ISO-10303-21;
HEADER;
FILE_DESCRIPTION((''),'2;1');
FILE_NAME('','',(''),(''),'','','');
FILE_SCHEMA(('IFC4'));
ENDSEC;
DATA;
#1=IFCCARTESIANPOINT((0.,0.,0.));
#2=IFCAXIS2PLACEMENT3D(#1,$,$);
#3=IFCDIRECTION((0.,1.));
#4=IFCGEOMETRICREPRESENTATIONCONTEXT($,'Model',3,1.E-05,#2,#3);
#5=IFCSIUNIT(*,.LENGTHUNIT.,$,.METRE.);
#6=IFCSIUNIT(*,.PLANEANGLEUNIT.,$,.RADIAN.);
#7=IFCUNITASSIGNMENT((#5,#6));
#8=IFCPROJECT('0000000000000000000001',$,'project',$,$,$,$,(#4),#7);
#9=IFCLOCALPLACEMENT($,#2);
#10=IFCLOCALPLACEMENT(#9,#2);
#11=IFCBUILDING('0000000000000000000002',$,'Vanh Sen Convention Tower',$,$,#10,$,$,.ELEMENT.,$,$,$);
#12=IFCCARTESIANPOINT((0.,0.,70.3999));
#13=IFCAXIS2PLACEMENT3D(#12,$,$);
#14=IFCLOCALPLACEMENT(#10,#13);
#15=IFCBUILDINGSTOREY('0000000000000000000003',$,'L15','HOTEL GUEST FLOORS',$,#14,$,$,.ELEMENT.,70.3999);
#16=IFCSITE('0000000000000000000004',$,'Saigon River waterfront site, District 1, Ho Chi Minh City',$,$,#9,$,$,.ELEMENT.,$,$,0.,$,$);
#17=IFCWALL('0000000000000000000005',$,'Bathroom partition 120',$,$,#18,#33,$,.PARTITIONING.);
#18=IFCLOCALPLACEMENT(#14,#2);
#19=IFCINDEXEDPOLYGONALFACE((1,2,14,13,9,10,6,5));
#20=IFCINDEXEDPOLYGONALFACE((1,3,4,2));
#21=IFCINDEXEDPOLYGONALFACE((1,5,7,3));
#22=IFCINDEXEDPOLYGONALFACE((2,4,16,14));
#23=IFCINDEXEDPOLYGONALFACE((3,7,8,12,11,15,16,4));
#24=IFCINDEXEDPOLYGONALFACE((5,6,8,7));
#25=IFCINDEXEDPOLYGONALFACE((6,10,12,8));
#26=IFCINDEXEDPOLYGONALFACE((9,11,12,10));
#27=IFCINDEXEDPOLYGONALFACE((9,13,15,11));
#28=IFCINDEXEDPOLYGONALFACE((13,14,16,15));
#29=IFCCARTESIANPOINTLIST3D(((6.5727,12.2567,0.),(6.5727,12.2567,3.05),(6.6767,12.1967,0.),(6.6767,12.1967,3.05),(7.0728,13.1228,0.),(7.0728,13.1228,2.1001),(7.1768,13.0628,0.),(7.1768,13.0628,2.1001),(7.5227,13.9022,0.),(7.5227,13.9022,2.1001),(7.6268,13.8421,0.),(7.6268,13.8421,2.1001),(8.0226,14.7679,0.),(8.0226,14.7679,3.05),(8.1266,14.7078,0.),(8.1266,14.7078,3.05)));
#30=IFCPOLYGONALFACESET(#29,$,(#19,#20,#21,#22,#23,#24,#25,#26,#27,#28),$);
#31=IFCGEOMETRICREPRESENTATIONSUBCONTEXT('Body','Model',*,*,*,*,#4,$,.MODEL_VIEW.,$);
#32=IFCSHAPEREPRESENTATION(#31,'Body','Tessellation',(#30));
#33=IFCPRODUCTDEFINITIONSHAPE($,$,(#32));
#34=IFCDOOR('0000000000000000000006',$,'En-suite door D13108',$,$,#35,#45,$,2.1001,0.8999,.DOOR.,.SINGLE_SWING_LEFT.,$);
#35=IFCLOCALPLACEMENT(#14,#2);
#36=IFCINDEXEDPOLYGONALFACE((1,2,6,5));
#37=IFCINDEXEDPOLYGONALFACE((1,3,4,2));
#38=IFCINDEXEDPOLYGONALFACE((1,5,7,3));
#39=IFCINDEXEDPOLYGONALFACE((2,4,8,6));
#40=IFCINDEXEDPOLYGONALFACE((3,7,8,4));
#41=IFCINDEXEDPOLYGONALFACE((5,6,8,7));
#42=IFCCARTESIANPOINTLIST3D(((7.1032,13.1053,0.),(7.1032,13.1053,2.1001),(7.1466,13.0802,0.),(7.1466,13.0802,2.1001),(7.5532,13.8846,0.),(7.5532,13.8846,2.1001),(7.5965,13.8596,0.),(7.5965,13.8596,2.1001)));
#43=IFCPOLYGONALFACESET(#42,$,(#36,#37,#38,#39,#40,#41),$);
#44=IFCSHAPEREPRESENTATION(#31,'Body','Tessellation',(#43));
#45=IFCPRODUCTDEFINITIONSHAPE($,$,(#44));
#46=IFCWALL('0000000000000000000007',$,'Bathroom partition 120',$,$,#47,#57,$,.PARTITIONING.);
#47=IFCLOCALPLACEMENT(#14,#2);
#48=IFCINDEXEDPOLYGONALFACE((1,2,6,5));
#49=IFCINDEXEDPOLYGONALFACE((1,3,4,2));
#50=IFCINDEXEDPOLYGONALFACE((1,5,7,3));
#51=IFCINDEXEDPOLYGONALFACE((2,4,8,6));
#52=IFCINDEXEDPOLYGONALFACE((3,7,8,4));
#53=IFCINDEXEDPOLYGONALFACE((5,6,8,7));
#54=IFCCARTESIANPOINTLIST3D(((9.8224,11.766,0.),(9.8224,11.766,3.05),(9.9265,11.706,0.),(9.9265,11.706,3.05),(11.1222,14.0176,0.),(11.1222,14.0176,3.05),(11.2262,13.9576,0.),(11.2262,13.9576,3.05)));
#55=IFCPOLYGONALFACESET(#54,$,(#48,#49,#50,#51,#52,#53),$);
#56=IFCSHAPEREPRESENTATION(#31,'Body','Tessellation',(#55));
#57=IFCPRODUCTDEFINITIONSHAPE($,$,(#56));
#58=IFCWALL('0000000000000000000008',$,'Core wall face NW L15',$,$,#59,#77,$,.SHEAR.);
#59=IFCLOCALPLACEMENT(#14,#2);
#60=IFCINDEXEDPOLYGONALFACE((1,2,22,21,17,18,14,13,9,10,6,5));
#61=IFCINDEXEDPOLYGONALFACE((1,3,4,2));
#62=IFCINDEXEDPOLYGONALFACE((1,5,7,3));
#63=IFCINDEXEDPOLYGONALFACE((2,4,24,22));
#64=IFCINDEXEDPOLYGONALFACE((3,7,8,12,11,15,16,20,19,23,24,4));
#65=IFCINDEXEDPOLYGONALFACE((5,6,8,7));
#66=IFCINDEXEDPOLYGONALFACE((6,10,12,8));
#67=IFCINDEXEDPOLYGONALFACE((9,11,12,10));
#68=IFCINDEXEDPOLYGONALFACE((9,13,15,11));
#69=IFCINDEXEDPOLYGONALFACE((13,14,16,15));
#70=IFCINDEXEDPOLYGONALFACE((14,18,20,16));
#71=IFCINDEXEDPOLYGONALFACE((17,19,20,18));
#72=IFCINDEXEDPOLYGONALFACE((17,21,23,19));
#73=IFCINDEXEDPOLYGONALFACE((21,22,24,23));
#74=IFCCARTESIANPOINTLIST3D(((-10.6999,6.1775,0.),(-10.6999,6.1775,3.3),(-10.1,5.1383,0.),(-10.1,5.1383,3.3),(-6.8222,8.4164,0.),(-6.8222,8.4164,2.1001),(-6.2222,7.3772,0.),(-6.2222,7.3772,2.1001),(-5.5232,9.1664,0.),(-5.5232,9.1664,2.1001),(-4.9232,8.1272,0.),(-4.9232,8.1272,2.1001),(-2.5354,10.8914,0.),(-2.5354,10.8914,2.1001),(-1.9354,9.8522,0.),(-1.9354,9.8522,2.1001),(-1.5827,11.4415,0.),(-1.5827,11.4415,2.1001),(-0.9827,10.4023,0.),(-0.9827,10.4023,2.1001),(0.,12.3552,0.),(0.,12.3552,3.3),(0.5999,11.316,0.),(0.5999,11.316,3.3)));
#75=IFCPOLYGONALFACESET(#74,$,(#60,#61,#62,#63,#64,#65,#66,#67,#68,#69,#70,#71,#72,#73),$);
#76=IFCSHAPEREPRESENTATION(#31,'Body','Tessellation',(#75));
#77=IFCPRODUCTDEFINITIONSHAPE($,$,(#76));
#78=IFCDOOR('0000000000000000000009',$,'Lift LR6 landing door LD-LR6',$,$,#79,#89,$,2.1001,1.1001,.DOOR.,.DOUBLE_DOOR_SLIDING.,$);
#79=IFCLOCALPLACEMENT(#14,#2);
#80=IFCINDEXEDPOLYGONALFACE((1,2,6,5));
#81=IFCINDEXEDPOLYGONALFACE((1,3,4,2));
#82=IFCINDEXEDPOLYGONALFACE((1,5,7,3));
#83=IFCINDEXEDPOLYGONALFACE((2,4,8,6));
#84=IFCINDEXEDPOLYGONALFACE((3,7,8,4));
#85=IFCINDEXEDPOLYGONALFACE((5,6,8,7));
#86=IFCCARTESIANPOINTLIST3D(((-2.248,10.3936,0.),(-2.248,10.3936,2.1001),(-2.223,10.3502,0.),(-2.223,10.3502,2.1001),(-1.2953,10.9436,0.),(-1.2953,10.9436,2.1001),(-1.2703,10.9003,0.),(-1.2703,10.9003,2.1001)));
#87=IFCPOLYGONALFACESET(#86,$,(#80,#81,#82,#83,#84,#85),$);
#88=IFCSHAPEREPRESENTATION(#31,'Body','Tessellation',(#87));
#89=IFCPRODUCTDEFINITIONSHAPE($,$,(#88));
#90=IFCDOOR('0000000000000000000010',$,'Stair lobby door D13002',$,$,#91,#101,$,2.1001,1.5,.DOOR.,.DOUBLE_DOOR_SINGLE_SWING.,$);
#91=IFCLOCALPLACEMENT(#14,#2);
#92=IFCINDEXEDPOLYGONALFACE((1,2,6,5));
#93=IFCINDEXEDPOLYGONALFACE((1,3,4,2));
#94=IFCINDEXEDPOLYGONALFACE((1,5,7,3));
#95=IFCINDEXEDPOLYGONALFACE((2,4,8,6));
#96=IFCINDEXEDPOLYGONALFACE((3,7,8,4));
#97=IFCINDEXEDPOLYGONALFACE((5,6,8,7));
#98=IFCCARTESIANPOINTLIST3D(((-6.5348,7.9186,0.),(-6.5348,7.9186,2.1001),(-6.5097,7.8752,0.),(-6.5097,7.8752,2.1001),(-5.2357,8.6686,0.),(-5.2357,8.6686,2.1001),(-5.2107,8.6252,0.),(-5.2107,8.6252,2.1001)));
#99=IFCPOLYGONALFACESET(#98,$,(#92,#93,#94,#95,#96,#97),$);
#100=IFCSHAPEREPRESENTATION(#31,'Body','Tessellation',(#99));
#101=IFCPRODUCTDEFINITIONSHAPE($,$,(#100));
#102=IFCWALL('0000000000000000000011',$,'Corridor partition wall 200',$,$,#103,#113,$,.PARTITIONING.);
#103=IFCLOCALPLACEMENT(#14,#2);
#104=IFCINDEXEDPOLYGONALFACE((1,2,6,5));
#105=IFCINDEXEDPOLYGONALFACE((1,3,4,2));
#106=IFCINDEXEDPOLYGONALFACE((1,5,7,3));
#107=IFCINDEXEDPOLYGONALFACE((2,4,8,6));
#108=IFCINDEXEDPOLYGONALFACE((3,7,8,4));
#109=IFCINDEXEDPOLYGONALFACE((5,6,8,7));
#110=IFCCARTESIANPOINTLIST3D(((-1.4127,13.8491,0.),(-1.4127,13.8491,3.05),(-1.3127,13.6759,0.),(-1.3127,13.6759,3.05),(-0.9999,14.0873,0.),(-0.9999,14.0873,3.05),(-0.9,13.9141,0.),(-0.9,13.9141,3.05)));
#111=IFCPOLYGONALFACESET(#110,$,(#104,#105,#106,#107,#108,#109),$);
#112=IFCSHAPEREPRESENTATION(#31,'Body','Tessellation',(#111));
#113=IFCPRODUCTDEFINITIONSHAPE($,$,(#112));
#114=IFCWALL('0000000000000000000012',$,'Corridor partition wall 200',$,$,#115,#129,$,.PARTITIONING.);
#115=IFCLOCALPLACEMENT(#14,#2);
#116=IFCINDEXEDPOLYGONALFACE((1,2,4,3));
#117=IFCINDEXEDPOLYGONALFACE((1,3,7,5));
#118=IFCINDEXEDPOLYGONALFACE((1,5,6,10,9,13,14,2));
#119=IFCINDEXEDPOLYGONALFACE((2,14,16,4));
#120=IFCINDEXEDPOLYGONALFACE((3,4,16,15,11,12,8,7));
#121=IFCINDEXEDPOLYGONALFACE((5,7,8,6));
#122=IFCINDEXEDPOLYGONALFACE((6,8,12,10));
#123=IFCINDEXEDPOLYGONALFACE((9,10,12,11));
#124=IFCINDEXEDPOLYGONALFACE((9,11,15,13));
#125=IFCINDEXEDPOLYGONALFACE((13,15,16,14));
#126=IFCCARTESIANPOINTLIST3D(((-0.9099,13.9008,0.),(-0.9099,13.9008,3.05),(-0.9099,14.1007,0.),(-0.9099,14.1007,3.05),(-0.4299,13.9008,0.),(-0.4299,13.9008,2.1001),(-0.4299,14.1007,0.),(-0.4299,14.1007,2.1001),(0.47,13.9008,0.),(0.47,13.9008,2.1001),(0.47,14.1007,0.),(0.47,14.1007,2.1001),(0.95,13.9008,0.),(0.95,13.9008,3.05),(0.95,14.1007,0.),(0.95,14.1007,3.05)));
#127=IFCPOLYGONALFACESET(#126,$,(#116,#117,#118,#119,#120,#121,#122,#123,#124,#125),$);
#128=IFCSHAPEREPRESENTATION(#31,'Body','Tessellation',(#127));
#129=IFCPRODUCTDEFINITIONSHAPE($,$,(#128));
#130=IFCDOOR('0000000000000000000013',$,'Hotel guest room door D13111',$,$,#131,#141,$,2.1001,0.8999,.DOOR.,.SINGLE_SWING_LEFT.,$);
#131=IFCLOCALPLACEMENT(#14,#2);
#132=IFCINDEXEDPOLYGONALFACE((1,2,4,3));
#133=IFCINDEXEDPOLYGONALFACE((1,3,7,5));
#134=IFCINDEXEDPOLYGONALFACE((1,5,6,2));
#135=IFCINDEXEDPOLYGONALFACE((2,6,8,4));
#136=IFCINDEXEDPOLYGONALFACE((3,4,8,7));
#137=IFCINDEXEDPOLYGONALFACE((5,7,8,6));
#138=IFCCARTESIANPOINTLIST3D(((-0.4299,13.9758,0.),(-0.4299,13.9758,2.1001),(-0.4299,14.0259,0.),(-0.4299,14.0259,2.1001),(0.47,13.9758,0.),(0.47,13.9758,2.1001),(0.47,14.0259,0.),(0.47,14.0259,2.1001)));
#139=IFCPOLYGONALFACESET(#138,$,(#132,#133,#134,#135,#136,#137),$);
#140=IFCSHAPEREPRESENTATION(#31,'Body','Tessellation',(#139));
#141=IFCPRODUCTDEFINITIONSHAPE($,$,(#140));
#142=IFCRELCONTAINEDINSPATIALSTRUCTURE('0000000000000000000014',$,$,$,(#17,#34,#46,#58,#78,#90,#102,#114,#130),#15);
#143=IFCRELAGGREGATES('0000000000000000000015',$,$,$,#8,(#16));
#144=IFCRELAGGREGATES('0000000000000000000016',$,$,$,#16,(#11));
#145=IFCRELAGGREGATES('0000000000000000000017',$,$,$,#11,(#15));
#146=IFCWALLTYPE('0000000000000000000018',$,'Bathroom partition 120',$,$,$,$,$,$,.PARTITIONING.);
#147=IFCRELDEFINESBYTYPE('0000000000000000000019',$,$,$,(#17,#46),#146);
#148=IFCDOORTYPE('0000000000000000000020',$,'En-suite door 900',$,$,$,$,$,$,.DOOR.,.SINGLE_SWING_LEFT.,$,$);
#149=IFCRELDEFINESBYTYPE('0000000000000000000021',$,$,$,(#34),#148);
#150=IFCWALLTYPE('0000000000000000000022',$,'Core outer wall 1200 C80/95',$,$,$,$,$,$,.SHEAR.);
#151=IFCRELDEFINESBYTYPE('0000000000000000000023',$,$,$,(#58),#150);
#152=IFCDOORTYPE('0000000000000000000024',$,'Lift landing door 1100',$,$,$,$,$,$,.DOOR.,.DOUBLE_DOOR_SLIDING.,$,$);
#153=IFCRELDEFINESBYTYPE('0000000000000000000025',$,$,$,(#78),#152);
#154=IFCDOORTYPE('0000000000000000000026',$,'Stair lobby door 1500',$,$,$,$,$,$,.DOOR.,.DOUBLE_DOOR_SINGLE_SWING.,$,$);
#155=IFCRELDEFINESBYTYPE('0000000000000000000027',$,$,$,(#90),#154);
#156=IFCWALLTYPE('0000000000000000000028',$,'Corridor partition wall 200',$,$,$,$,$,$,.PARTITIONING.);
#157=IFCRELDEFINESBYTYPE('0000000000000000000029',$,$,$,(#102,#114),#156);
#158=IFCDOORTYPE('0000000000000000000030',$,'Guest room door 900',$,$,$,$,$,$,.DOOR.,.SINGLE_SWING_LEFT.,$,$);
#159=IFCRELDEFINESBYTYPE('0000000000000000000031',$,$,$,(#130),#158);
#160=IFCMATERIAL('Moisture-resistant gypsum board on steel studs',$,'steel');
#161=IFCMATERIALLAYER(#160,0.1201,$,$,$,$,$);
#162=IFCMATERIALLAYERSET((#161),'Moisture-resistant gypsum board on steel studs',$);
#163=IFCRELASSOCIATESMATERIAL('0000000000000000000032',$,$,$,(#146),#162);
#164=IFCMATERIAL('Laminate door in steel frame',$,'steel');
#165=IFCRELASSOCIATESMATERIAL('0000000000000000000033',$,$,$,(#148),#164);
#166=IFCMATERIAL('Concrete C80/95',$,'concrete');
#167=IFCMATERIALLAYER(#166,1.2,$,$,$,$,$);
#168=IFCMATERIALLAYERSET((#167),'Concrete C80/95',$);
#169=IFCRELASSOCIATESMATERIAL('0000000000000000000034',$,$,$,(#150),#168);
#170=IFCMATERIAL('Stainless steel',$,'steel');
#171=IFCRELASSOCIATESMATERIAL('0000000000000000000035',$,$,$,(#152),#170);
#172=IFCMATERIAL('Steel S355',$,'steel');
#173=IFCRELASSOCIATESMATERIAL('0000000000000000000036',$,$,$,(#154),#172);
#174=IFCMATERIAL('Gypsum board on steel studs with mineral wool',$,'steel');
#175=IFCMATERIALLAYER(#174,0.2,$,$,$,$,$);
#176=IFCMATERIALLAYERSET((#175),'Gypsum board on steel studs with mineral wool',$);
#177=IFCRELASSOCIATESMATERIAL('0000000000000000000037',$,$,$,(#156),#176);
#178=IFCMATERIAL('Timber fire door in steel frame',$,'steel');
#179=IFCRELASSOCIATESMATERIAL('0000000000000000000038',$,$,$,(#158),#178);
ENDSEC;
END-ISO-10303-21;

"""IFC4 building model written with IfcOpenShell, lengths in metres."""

from ifc_helpers import new_model, si_unit, direction, frame, frame_2d, origin, place, context, subcontext, project, spatial, rectangle, extrude, material, layer, layer_set, type_object, element, fill, save


model = new_model("IFC4")

# Units and contexts
model_context = context("Model", 3, precision=1e-05, world=origin(), true_north=direction((0.0, 1.0)))
body_context = subcontext(model_context, "Body", "Model", "MODEL_VIEW")
ifc_project = project(units=[si_unit("LENGTHUNIT", "METRE"), si_unit("PLANEANGLEUNIT", "RADIAN")], contexts=[model_context])

# Site, building, storey
site_placement = place(None, origin())
site = spatial("IfcSite", under=ifc_project, at=site_placement, Name="Saigon River waterfront site, District 1, Ho Chi Minh City", CompositionType="ELEMENT", RefElevation=0.0)
building_placement = place(site_placement, origin())
building = spatial("IfcBuilding", under=site, at=building_placement, Name="Vanh Sen Convention Tower", CompositionType="ELEMENT")
storey_placement = place(building_placement, frame((0.0, 0.0, 70.3999)))
storey = spatial("IfcBuildingStorey", under=building, at=storey_placement, Name="L15", Description="HOTEL GUEST FLOORS", CompositionType="ELEMENT", Elevation=70.3999)

# Wall, opening, door
ifc_material_1 = material(Name="Moisture-resistant gypsum board on steel studs", Category="steel")
ifc_layer_1 = layer(ifc_material_1, 0.1201)
ifc_layer_set_1 = layer_set([ifc_layer_1], Name="Moisture-resistant gypsum board on steel studs")
wall_type_1 = type_object("IfcWallType", Name="Bathroom partition 120", PredefinedType="PARTITIONING", material=ifc_layer_set_1)
wall_1_placement = place(storey_placement, frame((6.6248, 12.2268, 0.0), z_axis=(0.0, 0.0, 1.0), x_axis=(0.500024, 0.866012, 0.0)))
wall_1 = element("IfcWall", 1, at=wall_1_placement, inside=storey, type_object=wall_type_1, Name="Bathroom partition 120", PredefinedType="PARTITIONING", context=body_context, shape_type="SweptSolid", body=[
    extrude(rectangle(XDim=2.8997, YDim=0.1201, at=frame_2d((1.4497, 0.0))), origin(), (0.0, 0.0, 1.0), 3.05),
])
opening_1_placement = place(wall_1_placement, frame((1.0, 0.0, 0.0)))
opening_1 = element("IfcOpeningElement", 2, at=opening_1_placement, cuts=wall_1, PredefinedType="OPENING", context=body_context, shape_type="SweptSolid", body=[
    extrude(rectangle(XDim=0.8999, YDim=2.1001, at=frame_2d((0.45, 1.05))), frame((0.0, 0.0701, 0.0), z_axis=(0.0, -1.0, 0.0), x_axis=(1.0, 0.0, 0.0)), (0.0, 0.0, 1.0), 0.1401),
])
ifc_material_2 = material(Name="Laminate door in steel frame", Category="steel")
door_type_1 = type_object("IfcDoorType", Name="En-suite door 900", OperationType="SINGLE_SWING_LEFT", PredefinedType="DOOR", material=ifc_material_2)
door_1_placement = place(opening_1_placement, origin())
door_1 = element("IfcDoor", 3, at=door_1_placement, inside=storey, type_object=door_type_1, Name="En-suite door D13108", OperationType="SINGLE_SWING_LEFT", OverallHeight=2.1001, OverallWidth=0.8999, PredefinedType="DOOR", context=body_context, shape_type="SweptSolid", body=[
    extrude(rectangle(XDim=0.8999, YDim=2.1001, at=frame_2d((0.45, 1.05))), frame((0.0, 0.0249, 0.0), z_axis=(0.0, -1.0, 0.0), x_axis=(1.0, 0.0, 0.0)), (0.0, 0.0, 1.0), 0.05),
])
fill(opening_1, door_1)

# Wall
wall_2_placement = place(storey_placement, frame((9.8745, 11.7361, 0.0), z_axis=(0.0, 0.0, 1.0), x_axis=(0.499937, 0.866062, 0.0)))
element("IfcWall", 4, at=wall_2_placement, inside=storey, type_object=wall_type_1, Name="Bathroom partition 120", PredefinedType="PARTITIONING", context=body_context, shape_type="SweptSolid", body=[
    extrude(rectangle(XDim=2.5999, YDim=0.1201, at=frame_2d((1.2998, 0.0))), origin(), (0.0, 0.0, 1.0), 3.05),
])

# Wall, openings, doors
ifc_material_3 = material(Name="Concrete C80/95", Category="concrete")
ifc_layer_2 = layer(ifc_material_3, 1.2)
ifc_layer_set_2 = layer_set([ifc_layer_2], Name="Concrete C80/95")
wall_type_2 = type_object("IfcWallType", Name="Core outer wall 1200 C80/95", PredefinedType="SHEAR", material=ifc_layer_set_2)
wall_3_placement = place(storey_placement, frame((0.3, 11.8357, 0.0), z_axis=(0.0, 0.0, 1.0), x_axis=(-0.866021, -0.500007, 0.0)))
wall_3 = element("IfcWall", 5, at=wall_3_placement, inside=storey, type_object=wall_type_2, Name="Core wall face NW L15", PredefinedType="SHEAR", context=body_context, shape_type="SweptSolid", body=[
    extrude(rectangle(XDim=12.3552, YDim=1.2, at=frame_2d((6.1777, 0.0))), origin(), (0.0, 0.0, 1.0), 3.3),
])
opening_2_placement = place(wall_3_placement, frame((6.3777, 0.0, 0.0)))
opening_2 = element("IfcOpeningElement", 6, at=opening_2_placement, cuts=wall_3, PredefinedType="OPENING", context=body_context, shape_type="SweptSolid", body=[
    extrude(rectangle(XDim=1.5, YDim=2.1001, at=frame_2d((0.75, 1.05))), frame((0.0, 0.6099, 0.0), z_axis=(0.0, -1.0, 0.0), x_axis=(1.0, 0.0, 0.0)), (0.0, 0.0, 1.0), 1.22),
])
opening_3_placement = place(wall_3_placement, frame((1.8276, 0.0, 0.0)))
opening_3 = element("IfcOpeningElement", 7, at=opening_3_placement, cuts=wall_3, PredefinedType="OPENING", context=body_context, shape_type="SweptSolid", body=[
    extrude(rectangle(XDim=1.1001, YDim=2.1001, at=frame_2d((0.55, 1.05))), frame((0.0, 0.6099, 0.0), z_axis=(0.0, -1.0, 0.0), x_axis=(1.0, 0.0, 0.0)), (0.0, 0.0, 1.0), 1.22),
])
ifc_material_4 = material(Name="Stainless steel", Category="steel")
door_type_2 = type_object("IfcDoorType", Name="Lift landing door 1100", OperationType="DOUBLE_DOOR_SLIDING", PredefinedType="DOOR", material=ifc_material_4)
door_2_placement = place(opening_3_placement, origin())
door_2 = element("IfcDoor", 8, at=door_2_placement, inside=storey, type_object=door_type_2, Name="Lift LR6 landing door LD-LR6", OperationType="DOUBLE_DOOR_SLIDING", OverallHeight=2.1001, OverallWidth=1.1001, PredefinedType="DOOR", context=body_context, shape_type="SweptSolid", body=[
    extrude(rectangle(XDim=1.1001, YDim=2.1001, at=frame_2d((0.55, 1.05))), frame((0.0, 0.0249, 0.0), z_axis=(0.0, -1.0, 0.0), x_axis=(1.0, 0.0, 0.0)), (0.0, 0.0, 1.0), 0.05),
])
fill(opening_3, door_2)
ifc_material_5 = material(Name="Steel S355", Category="steel")
door_type_3 = type_object("IfcDoorType", Name="Stair lobby door 1500", OperationType="DOUBLE_DOOR_SINGLE_SWING", PredefinedType="DOOR", material=ifc_material_5)
door_3_placement = place(opening_2_placement, origin())
door_3 = element("IfcDoor", 9, at=door_3_placement, inside=storey, type_object=door_type_3, Name="Stair lobby door D13002", OperationType="DOUBLE_DOOR_SINGLE_SWING", OverallHeight=2.1001, OverallWidth=1.5, PredefinedType="DOOR", context=body_context, shape_type="SweptSolid", body=[
    extrude(rectangle(XDim=1.5, YDim=2.1001, at=frame_2d((0.75, 1.05))), frame((0.0, 0.0249, 0.0), z_axis=(0.0, -1.0, 0.0), x_axis=(1.0, 0.0, 0.0)), (0.0, 0.0, 1.0), 0.05),
])
fill(opening_2, door_3)

# Wall
ifc_material_6 = material(Name="Gypsum board on steel studs with mineral wool", Category="steel")
ifc_layer_3 = layer(ifc_material_6, 0.2)
ifc_layer_set_3 = layer_set([ifc_layer_3], Name="Gypsum board on steel studs with mineral wool")
wall_type_3 = type_object("IfcWallType", Name="Corridor partition wall 200", PredefinedType="PARTITIONING", material=ifc_layer_set_3)
wall_4_placement = place(storey_placement, frame((-0.95, 14.0007, 0.0), z_axis=(0.0, 0.0, 1.0), x_axis=(-0.866092, -0.499885, 0.0)))
element("IfcWall", 10, at=wall_4_placement, inside=storey, type_object=wall_type_3, Name="Corridor partition wall 200", PredefinedType="PARTITIONING", context=body_context, shape_type="SweptSolid", body=[
    extrude(rectangle(XDim=0.4766, YDim=0.2, at=frame_2d((0.2383, 0.0))), origin(), (0.0, 0.0, 1.0), 3.05),
])

# Wall, opening, door
wall_5_placement = place(storey_placement, frame((0.95, 14.0007, 0.0), z_axis=(0.0, 0.0, 1.0), x_axis=(-1.0, 0.0, 0.0)))
wall_5 = element("IfcWall", 11, at=wall_5_placement, inside=storey, type_object=wall_type_3, Name="Corridor partition wall 200", PredefinedType="PARTITIONING", context=body_context, shape_type="SweptSolid", body=[
    extrude(rectangle(XDim=1.8599, YDim=0.2, at=frame_2d((0.9299, 0.0))), origin(), (0.0, 0.0, 1.0), 3.05),
])
opening_4_placement = place(wall_5_placement, frame((0.48, 0.0, 0.0)))
opening_4 = element("IfcOpeningElement", 12, at=opening_4_placement, cuts=wall_5, PredefinedType="OPENING", context=body_context, shape_type="SweptSolid", body=[
    extrude(rectangle(XDim=0.8999, YDim=2.1001, at=frame_2d((0.45, 1.05))), frame((0.0, 0.1099, 0.0), z_axis=(0.0, -1.0, 0.0), x_axis=(1.0, 0.0, 0.0)), (0.0, 0.0, 1.0), 0.22),
])
ifc_material_7 = material(Name="Timber fire door in steel frame", Category="steel")
door_type_4 = type_object("IfcDoorType", Name="Guest room door 900", OperationType="SINGLE_SWING_LEFT", PredefinedType="DOOR", material=ifc_material_7)
door_4_placement = place(opening_4_placement, origin())
door_4 = element("IfcDoor", 13, at=door_4_placement, inside=storey, type_object=door_type_4, Name="Hotel guest room door D13111", OperationType="SINGLE_SWING_LEFT", OverallHeight=2.1001, OverallWidth=0.8999, PredefinedType="DOOR", context=body_context, shape_type="SweptSolid", body=[
    extrude(rectangle(XDim=0.8999, YDim=2.1001, at=frame_2d((0.45, 1.05))), frame((0.0, 0.0249, 0.0), z_axis=(0.0, -1.0, 0.0), x_axis=(1.0, 0.0, 0.0)), (0.0, 0.0, 1.0), 0.05),
])
fill(opening_4, door_4)

save(model, "model.ifc")
